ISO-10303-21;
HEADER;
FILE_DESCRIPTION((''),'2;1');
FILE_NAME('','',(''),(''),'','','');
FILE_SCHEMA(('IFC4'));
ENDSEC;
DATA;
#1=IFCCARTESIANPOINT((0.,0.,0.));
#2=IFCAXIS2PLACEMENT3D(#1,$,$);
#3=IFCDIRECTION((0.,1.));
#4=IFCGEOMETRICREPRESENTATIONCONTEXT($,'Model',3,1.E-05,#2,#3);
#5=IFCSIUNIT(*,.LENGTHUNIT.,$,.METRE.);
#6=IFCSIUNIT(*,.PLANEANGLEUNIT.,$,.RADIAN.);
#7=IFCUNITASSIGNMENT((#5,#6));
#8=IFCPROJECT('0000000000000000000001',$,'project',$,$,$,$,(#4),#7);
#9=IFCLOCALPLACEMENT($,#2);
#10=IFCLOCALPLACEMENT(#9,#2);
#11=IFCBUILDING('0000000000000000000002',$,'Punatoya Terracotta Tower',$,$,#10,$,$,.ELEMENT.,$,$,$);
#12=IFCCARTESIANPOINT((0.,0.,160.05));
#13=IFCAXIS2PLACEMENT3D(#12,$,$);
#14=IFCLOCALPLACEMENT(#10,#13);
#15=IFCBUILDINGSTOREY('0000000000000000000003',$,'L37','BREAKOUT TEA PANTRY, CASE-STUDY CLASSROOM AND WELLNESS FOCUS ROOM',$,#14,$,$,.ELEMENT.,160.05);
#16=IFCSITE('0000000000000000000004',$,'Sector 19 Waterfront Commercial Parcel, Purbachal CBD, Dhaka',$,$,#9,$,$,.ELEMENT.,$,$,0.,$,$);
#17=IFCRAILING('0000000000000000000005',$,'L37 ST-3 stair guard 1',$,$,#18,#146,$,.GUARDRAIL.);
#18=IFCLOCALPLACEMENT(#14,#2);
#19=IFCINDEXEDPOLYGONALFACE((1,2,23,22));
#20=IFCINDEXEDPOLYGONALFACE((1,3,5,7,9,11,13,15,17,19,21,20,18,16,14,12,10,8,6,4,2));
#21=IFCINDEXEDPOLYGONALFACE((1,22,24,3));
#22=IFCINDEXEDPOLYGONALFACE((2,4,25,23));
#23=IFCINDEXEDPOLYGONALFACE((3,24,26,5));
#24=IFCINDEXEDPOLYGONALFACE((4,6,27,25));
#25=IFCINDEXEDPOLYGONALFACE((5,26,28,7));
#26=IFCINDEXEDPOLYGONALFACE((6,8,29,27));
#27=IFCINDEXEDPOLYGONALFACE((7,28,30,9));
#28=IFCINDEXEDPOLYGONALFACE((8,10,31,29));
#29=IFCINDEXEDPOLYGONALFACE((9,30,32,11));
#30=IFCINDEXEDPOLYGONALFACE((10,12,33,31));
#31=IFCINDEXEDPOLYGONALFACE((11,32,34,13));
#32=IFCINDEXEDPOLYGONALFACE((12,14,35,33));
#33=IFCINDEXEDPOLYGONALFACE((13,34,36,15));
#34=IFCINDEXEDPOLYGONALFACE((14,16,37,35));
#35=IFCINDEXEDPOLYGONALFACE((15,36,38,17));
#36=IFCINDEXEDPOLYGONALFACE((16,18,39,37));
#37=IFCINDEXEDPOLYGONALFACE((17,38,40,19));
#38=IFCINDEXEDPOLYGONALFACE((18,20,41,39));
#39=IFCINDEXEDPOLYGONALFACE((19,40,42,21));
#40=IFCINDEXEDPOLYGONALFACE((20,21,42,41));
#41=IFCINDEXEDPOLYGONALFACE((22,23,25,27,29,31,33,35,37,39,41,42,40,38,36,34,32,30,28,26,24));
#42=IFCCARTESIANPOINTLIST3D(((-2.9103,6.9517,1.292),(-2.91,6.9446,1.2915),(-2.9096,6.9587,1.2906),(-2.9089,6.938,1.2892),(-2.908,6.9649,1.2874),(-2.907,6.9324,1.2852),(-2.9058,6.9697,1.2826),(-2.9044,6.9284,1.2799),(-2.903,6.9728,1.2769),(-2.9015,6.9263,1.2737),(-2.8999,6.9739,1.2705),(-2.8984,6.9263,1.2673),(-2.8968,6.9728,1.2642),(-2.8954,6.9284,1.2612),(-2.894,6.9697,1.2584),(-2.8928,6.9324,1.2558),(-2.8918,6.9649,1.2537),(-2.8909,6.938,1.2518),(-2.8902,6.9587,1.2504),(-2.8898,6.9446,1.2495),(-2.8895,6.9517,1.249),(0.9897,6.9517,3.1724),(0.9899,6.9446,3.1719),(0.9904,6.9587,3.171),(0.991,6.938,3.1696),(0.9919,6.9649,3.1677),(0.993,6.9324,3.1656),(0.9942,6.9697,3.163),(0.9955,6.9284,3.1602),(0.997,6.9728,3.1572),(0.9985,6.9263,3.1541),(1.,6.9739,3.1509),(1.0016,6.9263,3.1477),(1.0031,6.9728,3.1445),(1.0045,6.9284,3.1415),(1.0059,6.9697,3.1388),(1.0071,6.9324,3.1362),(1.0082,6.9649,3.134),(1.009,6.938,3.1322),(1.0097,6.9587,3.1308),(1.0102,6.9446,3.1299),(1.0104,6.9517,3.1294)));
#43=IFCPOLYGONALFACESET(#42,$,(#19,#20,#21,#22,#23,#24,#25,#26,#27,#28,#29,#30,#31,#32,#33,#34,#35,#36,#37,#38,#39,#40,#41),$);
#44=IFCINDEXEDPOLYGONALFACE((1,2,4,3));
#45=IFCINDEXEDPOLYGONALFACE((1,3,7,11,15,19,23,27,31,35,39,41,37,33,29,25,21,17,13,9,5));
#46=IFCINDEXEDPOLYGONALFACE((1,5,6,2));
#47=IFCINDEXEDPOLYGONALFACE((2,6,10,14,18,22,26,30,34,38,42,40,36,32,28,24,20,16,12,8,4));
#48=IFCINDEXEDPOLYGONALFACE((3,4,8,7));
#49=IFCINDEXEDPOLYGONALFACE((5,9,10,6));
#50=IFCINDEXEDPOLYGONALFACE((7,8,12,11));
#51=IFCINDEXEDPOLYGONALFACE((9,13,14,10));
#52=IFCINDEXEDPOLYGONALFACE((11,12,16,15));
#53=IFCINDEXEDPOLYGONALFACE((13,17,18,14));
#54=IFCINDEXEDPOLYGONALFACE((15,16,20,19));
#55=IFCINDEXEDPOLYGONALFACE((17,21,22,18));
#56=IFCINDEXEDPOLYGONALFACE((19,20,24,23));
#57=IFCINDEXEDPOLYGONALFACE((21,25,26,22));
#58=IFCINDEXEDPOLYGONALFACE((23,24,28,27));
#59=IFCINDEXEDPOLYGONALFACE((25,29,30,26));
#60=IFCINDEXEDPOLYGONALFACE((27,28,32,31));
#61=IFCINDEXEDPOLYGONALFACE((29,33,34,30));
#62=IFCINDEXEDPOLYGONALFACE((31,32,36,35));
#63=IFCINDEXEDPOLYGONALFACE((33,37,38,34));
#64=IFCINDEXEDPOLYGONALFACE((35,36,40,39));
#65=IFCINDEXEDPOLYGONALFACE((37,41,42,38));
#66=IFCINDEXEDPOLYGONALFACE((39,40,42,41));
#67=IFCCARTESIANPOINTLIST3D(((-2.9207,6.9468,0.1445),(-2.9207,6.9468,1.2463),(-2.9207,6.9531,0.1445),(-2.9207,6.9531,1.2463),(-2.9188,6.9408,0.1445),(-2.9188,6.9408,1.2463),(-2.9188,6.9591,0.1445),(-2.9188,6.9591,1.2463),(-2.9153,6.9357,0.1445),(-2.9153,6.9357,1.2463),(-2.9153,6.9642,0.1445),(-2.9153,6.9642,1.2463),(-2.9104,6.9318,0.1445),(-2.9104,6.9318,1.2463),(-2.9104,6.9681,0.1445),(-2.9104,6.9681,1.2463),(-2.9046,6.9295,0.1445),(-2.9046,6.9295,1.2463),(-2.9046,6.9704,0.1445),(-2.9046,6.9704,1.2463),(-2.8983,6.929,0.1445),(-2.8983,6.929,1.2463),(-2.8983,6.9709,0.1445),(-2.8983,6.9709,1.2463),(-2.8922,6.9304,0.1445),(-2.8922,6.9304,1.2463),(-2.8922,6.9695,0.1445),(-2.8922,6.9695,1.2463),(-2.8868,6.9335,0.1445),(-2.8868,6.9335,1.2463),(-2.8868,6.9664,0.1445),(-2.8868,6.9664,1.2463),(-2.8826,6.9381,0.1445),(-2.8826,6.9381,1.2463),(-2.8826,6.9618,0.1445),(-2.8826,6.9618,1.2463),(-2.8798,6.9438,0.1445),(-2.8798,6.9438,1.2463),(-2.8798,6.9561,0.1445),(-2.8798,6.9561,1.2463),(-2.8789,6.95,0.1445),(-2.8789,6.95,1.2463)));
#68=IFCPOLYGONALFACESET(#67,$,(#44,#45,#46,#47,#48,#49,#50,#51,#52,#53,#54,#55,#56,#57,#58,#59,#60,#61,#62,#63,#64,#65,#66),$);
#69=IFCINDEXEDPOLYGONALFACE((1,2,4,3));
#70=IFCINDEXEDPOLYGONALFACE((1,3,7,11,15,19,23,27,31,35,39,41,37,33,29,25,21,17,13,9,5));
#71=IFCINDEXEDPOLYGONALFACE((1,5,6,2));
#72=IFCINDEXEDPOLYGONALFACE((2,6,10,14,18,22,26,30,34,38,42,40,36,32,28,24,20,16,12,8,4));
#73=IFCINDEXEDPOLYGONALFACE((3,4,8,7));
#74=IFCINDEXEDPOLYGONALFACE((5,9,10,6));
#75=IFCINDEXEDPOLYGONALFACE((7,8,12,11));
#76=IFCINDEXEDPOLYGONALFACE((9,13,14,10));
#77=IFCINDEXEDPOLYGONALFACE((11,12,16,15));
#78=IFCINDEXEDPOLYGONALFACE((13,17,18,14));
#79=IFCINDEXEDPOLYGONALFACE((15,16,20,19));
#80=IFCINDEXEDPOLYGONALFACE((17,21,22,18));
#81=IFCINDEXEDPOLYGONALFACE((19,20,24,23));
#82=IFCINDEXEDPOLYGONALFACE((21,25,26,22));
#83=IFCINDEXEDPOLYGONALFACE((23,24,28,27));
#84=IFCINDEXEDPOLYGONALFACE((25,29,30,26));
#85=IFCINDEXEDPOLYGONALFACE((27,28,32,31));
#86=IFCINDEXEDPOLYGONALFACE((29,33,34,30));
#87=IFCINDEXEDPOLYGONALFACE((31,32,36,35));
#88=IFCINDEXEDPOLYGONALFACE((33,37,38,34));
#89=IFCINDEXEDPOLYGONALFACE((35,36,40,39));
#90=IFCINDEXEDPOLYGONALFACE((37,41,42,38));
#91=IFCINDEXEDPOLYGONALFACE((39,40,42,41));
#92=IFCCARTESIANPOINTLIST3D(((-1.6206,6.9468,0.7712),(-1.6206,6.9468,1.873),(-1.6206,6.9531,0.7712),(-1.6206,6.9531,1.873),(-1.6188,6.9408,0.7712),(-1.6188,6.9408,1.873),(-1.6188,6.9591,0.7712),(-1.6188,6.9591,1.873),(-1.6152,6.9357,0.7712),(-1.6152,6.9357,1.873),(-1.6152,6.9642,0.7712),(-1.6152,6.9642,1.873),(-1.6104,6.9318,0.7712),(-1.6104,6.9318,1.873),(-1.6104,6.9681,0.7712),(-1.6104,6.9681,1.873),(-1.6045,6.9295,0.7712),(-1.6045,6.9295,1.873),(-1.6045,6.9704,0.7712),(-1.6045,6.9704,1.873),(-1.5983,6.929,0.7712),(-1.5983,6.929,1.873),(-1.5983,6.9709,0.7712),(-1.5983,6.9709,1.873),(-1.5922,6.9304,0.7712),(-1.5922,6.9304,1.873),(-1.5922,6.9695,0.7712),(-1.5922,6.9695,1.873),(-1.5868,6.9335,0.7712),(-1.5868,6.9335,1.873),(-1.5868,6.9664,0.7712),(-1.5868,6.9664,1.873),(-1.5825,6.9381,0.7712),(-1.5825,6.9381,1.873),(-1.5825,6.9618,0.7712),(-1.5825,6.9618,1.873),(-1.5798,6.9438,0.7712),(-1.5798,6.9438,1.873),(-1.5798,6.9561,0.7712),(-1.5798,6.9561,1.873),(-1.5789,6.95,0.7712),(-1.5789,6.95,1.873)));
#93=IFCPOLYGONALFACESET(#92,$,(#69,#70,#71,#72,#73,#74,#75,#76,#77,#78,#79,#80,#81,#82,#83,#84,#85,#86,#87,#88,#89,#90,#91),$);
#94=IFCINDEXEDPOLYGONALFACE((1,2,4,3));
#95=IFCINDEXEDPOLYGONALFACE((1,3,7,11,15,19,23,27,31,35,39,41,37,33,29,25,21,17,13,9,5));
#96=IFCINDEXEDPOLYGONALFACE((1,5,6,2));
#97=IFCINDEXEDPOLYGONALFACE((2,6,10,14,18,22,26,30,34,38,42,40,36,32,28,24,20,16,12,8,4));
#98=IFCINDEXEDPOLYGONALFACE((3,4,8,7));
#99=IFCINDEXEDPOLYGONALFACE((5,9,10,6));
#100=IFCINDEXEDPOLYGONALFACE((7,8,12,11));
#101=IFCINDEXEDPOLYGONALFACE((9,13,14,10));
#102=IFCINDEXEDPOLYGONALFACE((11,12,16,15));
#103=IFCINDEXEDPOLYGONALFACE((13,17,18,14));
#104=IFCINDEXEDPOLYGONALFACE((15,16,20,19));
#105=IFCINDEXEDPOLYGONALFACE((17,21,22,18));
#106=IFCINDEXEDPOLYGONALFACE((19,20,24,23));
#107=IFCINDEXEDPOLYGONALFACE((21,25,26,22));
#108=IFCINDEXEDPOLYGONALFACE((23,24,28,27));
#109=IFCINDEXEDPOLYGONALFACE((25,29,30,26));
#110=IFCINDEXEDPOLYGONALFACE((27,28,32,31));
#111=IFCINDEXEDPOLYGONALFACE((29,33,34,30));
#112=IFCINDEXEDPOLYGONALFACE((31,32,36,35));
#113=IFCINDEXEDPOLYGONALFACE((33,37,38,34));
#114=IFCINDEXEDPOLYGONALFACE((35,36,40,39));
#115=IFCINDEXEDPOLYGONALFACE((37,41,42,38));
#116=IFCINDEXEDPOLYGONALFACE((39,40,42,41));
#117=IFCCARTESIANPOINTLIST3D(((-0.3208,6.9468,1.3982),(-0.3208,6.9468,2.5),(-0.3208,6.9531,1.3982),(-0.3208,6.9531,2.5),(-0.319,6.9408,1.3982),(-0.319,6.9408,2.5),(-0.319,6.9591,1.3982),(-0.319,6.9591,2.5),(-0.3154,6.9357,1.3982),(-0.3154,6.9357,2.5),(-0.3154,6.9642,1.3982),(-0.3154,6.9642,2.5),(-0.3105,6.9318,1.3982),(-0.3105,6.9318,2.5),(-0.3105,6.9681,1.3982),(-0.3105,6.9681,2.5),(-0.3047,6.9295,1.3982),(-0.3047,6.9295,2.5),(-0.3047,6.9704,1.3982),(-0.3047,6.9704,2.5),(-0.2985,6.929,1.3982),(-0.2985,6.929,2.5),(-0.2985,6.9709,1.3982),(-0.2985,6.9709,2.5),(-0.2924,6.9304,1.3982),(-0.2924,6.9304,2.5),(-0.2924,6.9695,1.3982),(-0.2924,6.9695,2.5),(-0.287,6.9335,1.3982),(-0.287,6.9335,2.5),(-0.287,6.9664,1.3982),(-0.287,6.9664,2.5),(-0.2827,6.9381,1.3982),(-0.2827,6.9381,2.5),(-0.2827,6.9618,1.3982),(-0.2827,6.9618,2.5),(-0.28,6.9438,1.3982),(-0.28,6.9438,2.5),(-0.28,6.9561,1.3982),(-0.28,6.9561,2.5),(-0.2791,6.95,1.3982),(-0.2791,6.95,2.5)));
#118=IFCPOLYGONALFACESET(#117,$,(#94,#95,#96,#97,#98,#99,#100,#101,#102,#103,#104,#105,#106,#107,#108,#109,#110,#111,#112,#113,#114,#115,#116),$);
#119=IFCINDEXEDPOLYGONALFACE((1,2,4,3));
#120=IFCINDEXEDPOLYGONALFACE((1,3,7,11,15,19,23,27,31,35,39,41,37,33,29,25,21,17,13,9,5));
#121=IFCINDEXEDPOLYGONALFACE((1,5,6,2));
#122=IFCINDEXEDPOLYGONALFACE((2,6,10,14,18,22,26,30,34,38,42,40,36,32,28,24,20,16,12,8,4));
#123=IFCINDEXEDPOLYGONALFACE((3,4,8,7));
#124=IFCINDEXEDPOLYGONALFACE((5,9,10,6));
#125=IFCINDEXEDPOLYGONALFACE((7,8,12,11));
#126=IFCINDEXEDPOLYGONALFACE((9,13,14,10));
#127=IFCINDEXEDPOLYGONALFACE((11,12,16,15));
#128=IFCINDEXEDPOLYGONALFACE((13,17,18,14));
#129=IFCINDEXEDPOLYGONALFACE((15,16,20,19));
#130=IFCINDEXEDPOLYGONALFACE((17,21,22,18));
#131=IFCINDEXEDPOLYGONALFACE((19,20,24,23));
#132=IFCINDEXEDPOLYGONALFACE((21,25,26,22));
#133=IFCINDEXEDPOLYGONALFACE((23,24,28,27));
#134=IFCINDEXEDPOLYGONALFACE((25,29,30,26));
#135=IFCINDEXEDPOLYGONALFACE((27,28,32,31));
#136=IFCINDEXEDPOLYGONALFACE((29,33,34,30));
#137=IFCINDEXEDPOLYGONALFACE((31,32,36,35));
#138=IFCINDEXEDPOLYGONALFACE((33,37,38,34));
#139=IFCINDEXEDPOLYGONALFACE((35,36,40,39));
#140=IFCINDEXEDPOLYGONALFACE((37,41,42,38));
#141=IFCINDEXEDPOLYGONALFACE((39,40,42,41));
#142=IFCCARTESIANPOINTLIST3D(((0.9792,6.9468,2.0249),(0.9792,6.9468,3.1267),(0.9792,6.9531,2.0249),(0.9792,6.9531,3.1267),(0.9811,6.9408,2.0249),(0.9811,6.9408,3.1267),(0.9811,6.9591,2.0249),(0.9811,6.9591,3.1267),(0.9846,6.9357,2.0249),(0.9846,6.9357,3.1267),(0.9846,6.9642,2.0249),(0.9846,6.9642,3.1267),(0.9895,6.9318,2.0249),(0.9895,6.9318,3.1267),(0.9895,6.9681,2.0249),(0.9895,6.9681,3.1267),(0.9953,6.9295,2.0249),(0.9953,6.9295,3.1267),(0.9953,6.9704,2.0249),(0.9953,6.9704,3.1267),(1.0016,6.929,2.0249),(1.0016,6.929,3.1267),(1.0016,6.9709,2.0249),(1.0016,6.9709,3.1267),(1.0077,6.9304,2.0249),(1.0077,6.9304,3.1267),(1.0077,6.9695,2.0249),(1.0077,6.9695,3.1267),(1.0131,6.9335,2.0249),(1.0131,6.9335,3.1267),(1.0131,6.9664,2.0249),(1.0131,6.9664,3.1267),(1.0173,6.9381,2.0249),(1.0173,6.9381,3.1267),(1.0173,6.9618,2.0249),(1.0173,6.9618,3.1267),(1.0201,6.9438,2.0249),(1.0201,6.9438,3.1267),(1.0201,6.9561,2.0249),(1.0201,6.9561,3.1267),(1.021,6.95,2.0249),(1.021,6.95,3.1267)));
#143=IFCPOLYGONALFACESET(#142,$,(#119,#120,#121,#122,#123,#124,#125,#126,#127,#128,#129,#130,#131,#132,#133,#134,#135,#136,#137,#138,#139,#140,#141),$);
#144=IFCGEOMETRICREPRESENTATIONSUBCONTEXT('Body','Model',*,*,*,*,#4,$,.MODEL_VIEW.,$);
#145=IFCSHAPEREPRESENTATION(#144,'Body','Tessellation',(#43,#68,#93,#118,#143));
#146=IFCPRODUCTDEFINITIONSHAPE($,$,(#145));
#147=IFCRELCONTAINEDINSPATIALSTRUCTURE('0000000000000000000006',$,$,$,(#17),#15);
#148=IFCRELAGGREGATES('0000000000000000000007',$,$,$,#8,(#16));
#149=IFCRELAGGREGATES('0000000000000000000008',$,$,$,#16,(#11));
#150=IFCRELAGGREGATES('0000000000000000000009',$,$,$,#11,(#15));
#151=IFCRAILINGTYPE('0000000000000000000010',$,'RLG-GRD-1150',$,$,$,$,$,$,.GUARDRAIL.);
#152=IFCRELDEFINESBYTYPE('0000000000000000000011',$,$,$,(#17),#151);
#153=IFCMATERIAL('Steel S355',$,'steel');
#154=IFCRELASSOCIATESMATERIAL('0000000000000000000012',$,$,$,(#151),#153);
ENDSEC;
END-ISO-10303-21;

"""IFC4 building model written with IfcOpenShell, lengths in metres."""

from ifc_helpers import new_model, si_unit, direction, frame, origin, origin_2d, place, context, subcontext, project, spatial, circle, extrude, material, type_object, element, save


model = new_model("IFC4")

# Units and contexts
model_context = context("Model", 3, precision=1e-05, world=origin(), true_north=direction((0.0, 1.0)))
body_context = subcontext(model_context, "Body", "Model", "MODEL_VIEW")
ifc_project = project(units=[si_unit("LENGTHUNIT", "METRE"), si_unit("PLANEANGLEUNIT", "RADIAN")], contexts=[model_context])

# Site, building, storey
site_placement = place(None, origin())
site = spatial("IfcSite", under=ifc_project, at=site_placement, Name="Sector 19 Waterfront Commercial Parcel, Purbachal CBD, Dhaka", CompositionType="ELEMENT", RefElevation=0.0)
building_placement = place(site_placement, origin())
building = spatial("IfcBuilding", under=site, at=building_placement, Name="Punatoya Terracotta Tower", CompositionType="ELEMENT")
storey_placement = place(building_placement, frame((0.0, 0.0, 160.05)))
storey = spatial("IfcBuildingStorey", under=building, at=storey_placement, Name="L37", Description="BREAKOUT TEA PANTRY, CASE-STUDY CLASSROOM AND WELLNESS FOCUS ROOM", CompositionType="ELEMENT", Elevation=160.05)

# Shared definitions
ifc_material_1 = material(Name="Steel S355", Category="steel")

# Railing
railing_type_1 = type_object("IfcRailingType", Name="RLG-GRD-1150", PredefinedType="GUARDRAIL", material=ifc_material_1)
railing_1_placement = place(storey_placement, frame((-2.8999, 6.95, 0.1445)))
element("IfcRailing", 1, at=railing_1_placement, inside=storey, type_object=railing_type_1, Name="L37 ST-3 stair guard 1", PredefinedType="GUARDRAIL", context=body_context, shape_type="SweptSolid", body=[
    extrude(circle(Radius=0.0239, at=origin_2d()), frame((0.0, 0.0, 1.126), z_axis=(0.900763, 0.0, 0.434311), x_axis=(0.0, 1.0, 0.0)), (0.0, 0.0, 1.0), 4.3296),
    extrude(circle(Radius=0.021, at=origin_2d()), origin(), (0.0, 0.0, 1.0), 1.1018),
    extrude(circle(Radius=0.021, at=origin_2d()), frame((1.3, 0.0, 0.6267)), (0.0, 0.0, 1.0), 1.1018),
    extrude(circle(Radius=0.021, at=origin_2d()), frame((2.5999, 0.0, 1.2537)), (0.0, 0.0, 1.0), 1.1018),
    extrude(circle(Radius=0.021, at=origin_2d()), frame((3.8999, 0.0, 1.8804)), (0.0, 0.0, 1.0), 1.1018),
])

save(model, "model.ifc")
